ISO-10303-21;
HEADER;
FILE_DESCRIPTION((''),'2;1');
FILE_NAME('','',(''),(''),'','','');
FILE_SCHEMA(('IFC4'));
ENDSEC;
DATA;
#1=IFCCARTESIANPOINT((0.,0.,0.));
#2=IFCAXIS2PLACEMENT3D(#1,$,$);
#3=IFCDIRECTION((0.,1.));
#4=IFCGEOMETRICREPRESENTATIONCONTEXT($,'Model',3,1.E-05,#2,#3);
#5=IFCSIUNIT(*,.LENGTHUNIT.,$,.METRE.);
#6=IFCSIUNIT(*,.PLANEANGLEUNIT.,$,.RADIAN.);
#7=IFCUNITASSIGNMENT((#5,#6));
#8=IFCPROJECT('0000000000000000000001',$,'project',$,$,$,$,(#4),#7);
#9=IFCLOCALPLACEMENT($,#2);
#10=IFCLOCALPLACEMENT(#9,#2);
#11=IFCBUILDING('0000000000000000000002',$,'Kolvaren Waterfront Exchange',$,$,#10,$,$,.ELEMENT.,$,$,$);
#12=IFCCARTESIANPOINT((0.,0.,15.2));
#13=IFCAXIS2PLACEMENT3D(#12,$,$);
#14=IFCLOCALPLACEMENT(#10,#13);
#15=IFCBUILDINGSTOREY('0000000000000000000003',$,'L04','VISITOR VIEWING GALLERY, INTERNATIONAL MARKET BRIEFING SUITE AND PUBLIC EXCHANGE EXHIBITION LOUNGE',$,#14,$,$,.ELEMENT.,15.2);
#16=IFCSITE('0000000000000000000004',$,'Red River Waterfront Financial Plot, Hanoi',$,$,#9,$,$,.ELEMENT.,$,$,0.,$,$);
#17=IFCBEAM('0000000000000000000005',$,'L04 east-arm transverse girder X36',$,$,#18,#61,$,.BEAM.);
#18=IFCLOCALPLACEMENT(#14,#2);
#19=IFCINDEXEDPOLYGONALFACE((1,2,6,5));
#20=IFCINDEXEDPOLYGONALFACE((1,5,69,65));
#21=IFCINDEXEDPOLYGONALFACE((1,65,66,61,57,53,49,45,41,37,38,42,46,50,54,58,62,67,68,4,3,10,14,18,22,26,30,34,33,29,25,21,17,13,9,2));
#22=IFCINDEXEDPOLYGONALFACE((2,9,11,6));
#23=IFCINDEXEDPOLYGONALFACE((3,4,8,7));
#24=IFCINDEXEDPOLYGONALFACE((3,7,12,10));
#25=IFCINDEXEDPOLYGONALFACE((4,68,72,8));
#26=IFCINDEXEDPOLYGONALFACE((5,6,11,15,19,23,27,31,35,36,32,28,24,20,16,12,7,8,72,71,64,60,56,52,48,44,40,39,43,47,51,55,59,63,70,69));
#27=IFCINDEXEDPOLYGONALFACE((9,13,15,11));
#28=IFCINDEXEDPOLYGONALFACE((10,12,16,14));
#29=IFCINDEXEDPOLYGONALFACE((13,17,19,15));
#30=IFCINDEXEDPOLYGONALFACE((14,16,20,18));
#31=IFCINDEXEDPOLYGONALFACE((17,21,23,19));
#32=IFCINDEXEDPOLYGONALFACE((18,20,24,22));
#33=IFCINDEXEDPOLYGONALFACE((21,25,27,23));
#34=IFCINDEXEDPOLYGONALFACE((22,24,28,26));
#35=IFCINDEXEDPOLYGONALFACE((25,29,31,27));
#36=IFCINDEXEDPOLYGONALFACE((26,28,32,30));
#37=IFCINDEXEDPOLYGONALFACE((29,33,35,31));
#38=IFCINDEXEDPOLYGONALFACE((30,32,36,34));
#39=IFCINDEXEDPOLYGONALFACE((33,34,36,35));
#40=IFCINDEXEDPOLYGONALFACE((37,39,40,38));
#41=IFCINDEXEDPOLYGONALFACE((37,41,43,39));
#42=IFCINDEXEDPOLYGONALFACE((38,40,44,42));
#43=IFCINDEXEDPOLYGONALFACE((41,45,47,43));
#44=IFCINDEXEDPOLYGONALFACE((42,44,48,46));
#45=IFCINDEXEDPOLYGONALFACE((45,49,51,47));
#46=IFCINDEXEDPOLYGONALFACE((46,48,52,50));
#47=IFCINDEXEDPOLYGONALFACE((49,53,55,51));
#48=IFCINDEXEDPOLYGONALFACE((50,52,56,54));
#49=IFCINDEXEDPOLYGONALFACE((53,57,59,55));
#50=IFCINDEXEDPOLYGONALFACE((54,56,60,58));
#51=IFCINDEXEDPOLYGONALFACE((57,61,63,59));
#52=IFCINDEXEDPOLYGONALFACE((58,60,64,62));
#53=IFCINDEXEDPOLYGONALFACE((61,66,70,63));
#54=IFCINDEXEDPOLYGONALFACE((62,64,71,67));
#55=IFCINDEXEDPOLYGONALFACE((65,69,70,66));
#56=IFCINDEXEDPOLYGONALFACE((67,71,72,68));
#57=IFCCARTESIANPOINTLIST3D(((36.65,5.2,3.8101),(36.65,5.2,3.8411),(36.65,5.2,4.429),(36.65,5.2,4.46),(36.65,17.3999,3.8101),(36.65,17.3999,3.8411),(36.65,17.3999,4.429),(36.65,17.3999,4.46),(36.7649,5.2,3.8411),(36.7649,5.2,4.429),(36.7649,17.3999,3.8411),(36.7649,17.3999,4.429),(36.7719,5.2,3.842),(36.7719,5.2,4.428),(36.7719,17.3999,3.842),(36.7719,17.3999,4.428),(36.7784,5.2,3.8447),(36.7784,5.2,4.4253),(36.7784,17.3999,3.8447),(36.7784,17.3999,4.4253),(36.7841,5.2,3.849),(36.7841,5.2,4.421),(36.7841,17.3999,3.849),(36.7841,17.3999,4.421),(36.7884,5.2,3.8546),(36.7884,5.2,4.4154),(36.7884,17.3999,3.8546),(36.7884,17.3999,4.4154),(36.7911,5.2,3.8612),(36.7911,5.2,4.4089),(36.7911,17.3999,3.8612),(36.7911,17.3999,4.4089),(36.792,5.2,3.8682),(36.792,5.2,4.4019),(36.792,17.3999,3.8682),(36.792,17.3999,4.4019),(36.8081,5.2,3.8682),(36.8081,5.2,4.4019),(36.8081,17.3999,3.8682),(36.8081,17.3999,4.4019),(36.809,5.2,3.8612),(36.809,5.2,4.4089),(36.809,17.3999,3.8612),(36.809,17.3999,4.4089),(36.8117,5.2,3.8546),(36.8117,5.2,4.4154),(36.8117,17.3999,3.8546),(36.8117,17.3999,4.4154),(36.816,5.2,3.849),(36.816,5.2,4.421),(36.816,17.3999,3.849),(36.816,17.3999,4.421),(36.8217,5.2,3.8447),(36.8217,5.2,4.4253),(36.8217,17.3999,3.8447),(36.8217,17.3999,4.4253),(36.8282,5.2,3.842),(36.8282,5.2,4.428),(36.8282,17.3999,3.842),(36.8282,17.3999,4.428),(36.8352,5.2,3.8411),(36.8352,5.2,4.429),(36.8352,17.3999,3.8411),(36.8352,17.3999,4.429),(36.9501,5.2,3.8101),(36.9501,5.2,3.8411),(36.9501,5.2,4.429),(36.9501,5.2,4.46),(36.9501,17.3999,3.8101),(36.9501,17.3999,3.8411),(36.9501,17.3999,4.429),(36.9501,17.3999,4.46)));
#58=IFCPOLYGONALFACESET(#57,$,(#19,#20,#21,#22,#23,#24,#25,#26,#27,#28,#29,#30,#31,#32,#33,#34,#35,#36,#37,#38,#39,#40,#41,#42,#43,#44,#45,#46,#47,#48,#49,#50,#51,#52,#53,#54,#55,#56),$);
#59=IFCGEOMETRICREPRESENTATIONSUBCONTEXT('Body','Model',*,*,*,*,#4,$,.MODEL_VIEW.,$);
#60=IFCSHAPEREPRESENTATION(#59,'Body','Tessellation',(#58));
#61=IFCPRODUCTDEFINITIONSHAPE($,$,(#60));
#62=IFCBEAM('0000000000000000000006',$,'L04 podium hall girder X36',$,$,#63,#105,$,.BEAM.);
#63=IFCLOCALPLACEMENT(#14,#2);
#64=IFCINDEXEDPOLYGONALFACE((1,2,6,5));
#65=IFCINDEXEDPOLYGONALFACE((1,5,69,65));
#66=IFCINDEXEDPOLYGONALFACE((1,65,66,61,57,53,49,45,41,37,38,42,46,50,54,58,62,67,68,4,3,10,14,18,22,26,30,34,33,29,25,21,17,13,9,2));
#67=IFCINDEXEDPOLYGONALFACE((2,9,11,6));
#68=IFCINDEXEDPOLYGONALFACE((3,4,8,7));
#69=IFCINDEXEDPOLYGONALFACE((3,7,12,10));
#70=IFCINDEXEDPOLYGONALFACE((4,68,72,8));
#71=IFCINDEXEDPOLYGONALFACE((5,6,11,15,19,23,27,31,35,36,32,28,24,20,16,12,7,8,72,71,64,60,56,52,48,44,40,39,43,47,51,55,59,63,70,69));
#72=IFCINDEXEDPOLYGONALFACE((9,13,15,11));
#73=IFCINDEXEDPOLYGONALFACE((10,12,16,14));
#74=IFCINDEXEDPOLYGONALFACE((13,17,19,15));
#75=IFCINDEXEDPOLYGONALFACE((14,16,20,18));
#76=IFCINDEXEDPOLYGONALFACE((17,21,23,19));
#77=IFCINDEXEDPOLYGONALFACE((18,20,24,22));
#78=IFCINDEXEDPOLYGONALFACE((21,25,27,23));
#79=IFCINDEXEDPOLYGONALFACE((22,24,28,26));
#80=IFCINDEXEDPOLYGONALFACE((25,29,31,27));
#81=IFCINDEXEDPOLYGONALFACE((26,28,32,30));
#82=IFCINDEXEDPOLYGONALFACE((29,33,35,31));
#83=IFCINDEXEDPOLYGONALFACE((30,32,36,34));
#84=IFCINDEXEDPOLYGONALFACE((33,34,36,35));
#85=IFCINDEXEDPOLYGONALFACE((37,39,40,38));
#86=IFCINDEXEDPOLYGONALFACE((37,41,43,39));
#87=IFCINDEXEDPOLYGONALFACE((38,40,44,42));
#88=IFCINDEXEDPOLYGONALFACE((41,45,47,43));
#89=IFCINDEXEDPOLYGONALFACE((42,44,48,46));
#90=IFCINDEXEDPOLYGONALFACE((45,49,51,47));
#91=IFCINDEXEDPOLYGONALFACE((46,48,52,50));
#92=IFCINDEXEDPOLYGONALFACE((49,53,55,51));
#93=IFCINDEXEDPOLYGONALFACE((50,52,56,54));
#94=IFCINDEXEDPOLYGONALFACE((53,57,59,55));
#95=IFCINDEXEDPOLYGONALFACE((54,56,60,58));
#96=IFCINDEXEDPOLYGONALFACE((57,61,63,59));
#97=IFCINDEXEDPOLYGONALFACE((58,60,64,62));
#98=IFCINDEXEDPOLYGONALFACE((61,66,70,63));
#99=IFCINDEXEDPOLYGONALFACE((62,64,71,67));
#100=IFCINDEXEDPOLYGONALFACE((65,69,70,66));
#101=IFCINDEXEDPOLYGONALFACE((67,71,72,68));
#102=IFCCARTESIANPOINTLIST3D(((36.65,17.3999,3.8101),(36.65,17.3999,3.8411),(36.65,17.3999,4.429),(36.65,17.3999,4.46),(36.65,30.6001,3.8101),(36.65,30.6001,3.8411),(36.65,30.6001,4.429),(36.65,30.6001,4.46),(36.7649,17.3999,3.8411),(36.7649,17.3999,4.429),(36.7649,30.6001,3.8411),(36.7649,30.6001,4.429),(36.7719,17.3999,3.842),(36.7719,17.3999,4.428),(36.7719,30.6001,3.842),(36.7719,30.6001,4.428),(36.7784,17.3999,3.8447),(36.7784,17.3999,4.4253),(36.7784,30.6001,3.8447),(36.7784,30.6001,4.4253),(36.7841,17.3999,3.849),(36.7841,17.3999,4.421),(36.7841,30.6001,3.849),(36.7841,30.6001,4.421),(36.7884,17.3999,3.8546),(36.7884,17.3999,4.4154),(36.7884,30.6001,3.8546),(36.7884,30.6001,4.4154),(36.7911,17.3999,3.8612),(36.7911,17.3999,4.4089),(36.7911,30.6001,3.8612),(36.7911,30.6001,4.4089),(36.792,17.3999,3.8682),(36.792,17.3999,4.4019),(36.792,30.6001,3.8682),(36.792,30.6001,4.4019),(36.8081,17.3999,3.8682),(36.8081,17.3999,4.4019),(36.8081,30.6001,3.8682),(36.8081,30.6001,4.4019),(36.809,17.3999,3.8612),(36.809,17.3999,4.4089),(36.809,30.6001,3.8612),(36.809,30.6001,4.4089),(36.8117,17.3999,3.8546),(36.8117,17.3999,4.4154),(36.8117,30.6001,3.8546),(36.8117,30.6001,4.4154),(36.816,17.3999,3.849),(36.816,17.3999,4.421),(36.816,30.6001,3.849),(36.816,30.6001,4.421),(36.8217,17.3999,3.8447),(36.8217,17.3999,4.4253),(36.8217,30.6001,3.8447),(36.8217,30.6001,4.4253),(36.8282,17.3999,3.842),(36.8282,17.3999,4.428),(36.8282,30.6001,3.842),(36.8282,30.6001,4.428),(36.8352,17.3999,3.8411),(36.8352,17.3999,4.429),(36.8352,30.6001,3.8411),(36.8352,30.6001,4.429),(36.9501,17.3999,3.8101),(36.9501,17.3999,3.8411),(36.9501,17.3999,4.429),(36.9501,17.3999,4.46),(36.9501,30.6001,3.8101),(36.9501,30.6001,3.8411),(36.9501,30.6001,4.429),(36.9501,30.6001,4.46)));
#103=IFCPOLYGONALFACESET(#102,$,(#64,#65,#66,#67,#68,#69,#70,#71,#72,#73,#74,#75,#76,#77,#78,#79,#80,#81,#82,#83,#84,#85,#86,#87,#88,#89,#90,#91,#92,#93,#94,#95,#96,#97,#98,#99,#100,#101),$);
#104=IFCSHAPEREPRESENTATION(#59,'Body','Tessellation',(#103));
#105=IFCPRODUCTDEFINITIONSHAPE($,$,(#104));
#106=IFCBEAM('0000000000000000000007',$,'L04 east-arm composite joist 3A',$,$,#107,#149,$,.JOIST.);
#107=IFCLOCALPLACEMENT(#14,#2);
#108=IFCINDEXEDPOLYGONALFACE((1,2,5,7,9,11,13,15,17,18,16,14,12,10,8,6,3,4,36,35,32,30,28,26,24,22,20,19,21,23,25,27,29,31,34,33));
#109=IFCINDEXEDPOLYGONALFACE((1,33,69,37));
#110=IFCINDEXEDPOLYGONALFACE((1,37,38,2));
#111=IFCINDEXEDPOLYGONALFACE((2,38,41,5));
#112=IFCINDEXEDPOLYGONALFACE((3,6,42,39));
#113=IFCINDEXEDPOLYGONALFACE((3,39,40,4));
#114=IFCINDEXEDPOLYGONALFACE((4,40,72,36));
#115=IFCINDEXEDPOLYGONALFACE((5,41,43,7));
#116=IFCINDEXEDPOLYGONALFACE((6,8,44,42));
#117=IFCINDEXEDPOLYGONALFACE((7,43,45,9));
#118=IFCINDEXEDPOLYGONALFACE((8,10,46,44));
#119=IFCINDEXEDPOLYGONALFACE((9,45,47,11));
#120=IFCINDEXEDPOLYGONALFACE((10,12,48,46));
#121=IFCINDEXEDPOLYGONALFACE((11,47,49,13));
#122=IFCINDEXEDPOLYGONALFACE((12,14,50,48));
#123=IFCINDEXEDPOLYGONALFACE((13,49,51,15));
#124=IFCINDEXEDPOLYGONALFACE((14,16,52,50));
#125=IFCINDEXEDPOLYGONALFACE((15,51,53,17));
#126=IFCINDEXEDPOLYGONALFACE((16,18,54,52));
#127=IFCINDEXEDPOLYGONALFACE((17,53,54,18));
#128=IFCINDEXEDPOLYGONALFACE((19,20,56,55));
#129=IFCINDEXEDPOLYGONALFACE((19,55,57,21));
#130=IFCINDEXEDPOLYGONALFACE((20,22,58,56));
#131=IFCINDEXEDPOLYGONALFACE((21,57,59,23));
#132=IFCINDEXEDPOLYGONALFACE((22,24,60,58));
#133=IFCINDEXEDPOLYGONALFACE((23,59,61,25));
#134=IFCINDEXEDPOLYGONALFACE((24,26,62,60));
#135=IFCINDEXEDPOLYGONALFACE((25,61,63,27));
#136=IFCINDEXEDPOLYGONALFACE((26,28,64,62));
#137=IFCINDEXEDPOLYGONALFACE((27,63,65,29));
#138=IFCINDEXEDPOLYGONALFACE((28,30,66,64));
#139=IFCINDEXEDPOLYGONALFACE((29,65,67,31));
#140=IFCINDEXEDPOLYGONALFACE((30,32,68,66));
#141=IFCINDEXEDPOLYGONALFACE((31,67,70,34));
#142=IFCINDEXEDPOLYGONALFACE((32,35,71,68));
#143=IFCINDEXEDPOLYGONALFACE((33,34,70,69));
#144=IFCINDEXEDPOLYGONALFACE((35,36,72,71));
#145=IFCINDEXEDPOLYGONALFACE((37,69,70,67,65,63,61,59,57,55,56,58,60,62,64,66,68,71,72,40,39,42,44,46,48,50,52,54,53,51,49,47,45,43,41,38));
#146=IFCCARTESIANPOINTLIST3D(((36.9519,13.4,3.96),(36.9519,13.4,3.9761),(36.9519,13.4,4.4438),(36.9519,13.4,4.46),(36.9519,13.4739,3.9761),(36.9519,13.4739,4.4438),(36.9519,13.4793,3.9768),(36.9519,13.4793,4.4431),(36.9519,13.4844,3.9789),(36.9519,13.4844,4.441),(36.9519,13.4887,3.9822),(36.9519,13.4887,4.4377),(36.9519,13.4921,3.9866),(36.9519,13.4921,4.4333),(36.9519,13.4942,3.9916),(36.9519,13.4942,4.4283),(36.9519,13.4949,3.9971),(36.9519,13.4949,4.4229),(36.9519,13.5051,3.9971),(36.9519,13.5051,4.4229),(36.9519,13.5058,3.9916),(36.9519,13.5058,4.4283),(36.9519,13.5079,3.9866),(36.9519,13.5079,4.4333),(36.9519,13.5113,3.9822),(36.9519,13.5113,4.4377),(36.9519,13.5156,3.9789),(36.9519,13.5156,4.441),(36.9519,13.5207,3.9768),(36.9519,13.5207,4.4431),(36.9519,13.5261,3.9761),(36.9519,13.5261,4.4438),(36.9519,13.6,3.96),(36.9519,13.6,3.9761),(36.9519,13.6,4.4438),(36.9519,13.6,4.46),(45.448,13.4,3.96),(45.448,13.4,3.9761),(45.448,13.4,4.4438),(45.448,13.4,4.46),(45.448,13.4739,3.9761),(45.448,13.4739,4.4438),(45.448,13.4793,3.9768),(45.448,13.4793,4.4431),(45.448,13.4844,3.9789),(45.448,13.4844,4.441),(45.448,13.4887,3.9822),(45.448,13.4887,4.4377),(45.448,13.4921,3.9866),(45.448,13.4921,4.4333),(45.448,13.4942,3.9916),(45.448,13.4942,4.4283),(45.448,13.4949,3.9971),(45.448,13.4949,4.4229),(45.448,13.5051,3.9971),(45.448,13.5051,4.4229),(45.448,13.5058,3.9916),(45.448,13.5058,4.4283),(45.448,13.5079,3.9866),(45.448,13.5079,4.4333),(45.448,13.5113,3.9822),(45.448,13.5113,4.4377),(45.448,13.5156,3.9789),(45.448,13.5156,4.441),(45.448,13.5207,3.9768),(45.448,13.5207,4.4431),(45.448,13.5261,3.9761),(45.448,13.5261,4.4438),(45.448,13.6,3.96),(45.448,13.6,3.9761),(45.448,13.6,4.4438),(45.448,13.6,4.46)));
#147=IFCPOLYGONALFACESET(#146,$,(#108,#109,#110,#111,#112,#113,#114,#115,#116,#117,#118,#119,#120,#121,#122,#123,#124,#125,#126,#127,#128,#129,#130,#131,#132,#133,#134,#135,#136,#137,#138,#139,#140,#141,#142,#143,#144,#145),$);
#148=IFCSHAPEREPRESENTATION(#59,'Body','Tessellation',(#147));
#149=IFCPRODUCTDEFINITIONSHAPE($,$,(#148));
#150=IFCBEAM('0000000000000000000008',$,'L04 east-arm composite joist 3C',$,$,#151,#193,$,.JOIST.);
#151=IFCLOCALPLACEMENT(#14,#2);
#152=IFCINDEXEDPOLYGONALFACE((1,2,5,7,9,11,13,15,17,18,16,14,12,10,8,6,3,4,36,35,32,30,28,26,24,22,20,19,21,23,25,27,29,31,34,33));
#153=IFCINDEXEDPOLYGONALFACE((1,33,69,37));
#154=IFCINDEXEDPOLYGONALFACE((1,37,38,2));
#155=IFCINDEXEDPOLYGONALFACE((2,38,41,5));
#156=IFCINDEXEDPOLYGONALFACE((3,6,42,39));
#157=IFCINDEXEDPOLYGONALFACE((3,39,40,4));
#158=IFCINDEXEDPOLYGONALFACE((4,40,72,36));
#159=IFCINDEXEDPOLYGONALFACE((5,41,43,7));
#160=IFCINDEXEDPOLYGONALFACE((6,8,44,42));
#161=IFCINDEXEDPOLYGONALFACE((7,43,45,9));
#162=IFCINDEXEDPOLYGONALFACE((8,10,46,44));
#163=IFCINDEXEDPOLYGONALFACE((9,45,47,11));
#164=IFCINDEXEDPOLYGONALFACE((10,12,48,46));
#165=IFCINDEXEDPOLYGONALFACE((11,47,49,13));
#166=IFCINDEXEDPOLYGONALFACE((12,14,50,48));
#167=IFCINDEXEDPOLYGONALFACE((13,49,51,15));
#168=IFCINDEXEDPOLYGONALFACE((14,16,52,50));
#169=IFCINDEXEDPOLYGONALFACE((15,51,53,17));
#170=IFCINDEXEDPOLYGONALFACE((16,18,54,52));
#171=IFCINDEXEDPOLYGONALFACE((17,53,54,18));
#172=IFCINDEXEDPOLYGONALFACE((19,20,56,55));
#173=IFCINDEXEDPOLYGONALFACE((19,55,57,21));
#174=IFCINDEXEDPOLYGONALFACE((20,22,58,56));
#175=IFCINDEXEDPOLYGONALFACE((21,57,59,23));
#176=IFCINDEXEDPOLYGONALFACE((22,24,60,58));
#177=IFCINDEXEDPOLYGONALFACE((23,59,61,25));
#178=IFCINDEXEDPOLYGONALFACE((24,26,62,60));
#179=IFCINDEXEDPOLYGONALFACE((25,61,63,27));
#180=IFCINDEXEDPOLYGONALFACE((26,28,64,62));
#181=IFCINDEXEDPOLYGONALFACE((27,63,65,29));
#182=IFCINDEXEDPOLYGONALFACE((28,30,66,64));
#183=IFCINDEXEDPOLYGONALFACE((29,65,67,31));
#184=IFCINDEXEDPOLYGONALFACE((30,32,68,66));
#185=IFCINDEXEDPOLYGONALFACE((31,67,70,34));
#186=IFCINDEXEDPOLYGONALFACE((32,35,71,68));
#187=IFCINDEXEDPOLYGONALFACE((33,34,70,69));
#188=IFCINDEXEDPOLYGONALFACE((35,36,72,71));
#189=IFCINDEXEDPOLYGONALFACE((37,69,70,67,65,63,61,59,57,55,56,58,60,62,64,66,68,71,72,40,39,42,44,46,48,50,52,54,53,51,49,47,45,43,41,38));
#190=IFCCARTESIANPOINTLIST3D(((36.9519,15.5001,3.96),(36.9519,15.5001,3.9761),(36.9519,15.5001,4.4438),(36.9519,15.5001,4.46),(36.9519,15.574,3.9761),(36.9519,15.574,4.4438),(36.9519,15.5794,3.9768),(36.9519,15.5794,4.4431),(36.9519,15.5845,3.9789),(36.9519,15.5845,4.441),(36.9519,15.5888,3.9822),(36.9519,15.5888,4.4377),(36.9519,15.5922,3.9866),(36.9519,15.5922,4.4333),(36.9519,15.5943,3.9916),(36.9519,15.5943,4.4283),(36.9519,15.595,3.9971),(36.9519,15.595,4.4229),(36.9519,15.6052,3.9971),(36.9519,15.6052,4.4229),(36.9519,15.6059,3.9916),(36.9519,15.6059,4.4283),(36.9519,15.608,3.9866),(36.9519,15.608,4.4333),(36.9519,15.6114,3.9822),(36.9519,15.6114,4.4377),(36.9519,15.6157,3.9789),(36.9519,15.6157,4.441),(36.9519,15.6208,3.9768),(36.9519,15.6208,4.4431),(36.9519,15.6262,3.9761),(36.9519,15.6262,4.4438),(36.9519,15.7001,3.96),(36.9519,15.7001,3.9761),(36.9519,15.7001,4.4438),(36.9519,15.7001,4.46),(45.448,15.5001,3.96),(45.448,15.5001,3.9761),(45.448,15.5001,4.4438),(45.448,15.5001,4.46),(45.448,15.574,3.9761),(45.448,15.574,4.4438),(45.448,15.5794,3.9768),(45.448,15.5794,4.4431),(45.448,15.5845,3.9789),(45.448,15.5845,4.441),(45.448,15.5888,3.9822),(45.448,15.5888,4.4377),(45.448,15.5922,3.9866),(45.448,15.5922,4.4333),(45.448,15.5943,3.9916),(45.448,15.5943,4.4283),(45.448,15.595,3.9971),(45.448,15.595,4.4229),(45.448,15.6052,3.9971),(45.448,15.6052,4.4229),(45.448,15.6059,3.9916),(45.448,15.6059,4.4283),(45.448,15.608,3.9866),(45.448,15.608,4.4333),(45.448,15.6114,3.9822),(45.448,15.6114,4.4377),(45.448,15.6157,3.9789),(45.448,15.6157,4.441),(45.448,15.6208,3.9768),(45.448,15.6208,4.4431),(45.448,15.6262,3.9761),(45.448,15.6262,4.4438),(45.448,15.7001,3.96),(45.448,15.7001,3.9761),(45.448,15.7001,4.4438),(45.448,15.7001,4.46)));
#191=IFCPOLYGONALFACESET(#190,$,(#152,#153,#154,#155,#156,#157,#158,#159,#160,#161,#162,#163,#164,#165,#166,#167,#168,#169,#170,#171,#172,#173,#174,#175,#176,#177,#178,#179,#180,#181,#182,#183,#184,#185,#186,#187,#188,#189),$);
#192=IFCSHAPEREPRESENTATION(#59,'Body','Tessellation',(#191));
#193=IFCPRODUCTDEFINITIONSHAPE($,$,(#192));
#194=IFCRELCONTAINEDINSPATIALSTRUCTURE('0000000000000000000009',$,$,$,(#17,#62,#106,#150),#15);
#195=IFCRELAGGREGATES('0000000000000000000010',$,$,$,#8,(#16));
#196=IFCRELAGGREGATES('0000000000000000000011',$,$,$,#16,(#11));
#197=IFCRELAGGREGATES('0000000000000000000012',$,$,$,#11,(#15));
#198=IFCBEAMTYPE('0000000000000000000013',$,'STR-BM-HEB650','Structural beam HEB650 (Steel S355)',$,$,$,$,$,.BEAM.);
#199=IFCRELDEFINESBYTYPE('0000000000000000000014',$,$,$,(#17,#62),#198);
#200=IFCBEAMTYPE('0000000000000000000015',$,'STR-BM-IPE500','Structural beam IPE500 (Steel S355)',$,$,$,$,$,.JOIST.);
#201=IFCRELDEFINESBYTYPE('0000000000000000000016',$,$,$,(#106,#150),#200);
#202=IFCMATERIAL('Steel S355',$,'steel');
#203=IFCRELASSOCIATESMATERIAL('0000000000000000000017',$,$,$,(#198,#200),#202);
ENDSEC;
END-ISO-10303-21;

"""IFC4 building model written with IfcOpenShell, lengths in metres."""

from ifc_helpers import new_model, si_unit, direction, frame, origin, origin_2d, place, context, subcontext, project, spatial, i_section, extrude, material, material_profile, profile_set, type_object, element, save


model = new_model("IFC4")

# Units and contexts
model_context = context("Model", 3, precision=1e-05, world=origin(), true_north=direction((0.0, 1.0)))
body_context = subcontext(model_context, "Body", "Model", "MODEL_VIEW")
ifc_project = project(units=[si_unit("LENGTHUNIT", "METRE"), si_unit("PLANEANGLEUNIT", "RADIAN")], contexts=[model_context])

# Site, building, storey
site_placement = place(None, origin())
site = spatial("IfcSite", under=ifc_project, at=site_placement, Name="Red River Waterfront Financial Plot, Hanoi", CompositionType="ELEMENT", RefElevation=0.0)
building_placement = place(site_placement, origin())
building = spatial("IfcBuilding", under=site, at=building_placement, Name="Kolvaren Waterfront Exchange", CompositionType="ELEMENT")
storey_placement = place(building_placement, frame((0.0, 0.0, 15.2)))
storey = spatial("IfcBuildingStorey", under=building, at=storey_placement, Name="L04", Description="VISITOR VIEWING GALLERY, INTERNATIONAL MARKET BRIEFING SUITE AND PUBLIC EXCHANGE EXHIBITION LOUNGE", CompositionType="ELEMENT", Elevation=15.2)

# Beams
ifc_material_1 = material(Name="Steel S355", Category="steel")
ifc_material_profile_1 = material_profile(ifc_material_1, i_section(OverallWidth=0.3, OverallDepth=0.6499, WebThickness=0.0161, FlangeThickness=0.031, FilletRadius=0.0271, at=origin_2d()), Name="HEB650")
ifc_profile_set_1 = profile_set([ifc_material_profile_1], Name="Steel S355")
beam_type_1 = type_object("IfcBeamType", Name="STR-BM-HEB650", Description="Structural beam HEB650 (Steel S355)", PredefinedType="BEAM", material=ifc_profile_set_1)
beam_1_placement = place(storey_placement, frame((36.8, 5.2, 4.135), z_axis=(0.0, 1.0, 0.0), x_axis=(-1.0, 0.0, 0.0)))
element("IfcBeam", 1, at=beam_1_placement, inside=storey, type_object=beam_type_1, Name="L04 east-arm transverse girder X36", PredefinedType="BEAM", context=body_context, shape_type="SweptSolid", body=[
    extrude(i_section(OverallWidth=0.3, OverallDepth=0.6499, WebThickness=0.0161, FlangeThickness=0.031, FilletRadius=0.0271, at=origin_2d()), origin(), (0.0, 0.0, 1.0), 12.2),
])
beam_2_placement = place(storey_placement, frame((36.8, 17.3999, 4.135), z_axis=(0.0, 1.0, 0.0), x_axis=(-1.0, 0.0, 0.0)))
element("IfcBeam", 2, at=beam_2_placement, inside=storey, type_object=beam_type_1, Name="L04 podium hall girder X36", PredefinedType="BEAM", context=body_context, shape_type="SweptSolid", body=[
    extrude(i_section(OverallWidth=0.3, OverallDepth=0.6499, WebThickness=0.0161, FlangeThickness=0.031, FilletRadius=0.0271, at=origin_2d()), origin(), (0.0, 0.0, 1.0), 13.2002),
])
ifc_material_profile_2 = material_profile(ifc_material_1, i_section(OverallWidth=0.2, OverallDepth=0.5, WebThickness=0.0103, FlangeThickness=0.0161, FilletRadius=0.021, at=origin_2d()), Name="IPE500")
ifc_profile_set_2 = profile_set([ifc_material_profile_2], Name="Steel S355")
beam_type_2 = type_object("IfcBeamType", Name="STR-BM-IPE500", Description="Structural beam IPE500 (Steel S355)", PredefinedType="JOIST", material=ifc_profile_set_2)
for number, where, z_axis, x_axis, name in (
    (3, (36.9519, 13.5, 4.21), (1.0, 0.0, 0.0), (0.0, 1.0, 0.0), "L04 east-arm composite joist 3A"),
    (4, (36.9519, 15.6001, 4.21), (1.0, 0.0, 0.0), (0.0, 1.0, 0.0), "L04 east-arm composite joist 3C"),
):
    element("IfcBeam", number, at=place(storey_placement, frame(where, z_axis=z_axis, x_axis=x_axis)), inside=storey, type_object=beam_type_2, Name=name, PredefinedType="JOIST", context=body_context, shape_type="SweptSolid", body=[
        extrude(i_section(OverallWidth=0.2, OverallDepth=0.5, WebThickness=0.0103, FlangeThickness=0.0161, FilletRadius=0.021, at=origin_2d()), origin(), (0.0, 0.0, 1.0), 8.4961),
    ])

save(model, "model.ifc")
